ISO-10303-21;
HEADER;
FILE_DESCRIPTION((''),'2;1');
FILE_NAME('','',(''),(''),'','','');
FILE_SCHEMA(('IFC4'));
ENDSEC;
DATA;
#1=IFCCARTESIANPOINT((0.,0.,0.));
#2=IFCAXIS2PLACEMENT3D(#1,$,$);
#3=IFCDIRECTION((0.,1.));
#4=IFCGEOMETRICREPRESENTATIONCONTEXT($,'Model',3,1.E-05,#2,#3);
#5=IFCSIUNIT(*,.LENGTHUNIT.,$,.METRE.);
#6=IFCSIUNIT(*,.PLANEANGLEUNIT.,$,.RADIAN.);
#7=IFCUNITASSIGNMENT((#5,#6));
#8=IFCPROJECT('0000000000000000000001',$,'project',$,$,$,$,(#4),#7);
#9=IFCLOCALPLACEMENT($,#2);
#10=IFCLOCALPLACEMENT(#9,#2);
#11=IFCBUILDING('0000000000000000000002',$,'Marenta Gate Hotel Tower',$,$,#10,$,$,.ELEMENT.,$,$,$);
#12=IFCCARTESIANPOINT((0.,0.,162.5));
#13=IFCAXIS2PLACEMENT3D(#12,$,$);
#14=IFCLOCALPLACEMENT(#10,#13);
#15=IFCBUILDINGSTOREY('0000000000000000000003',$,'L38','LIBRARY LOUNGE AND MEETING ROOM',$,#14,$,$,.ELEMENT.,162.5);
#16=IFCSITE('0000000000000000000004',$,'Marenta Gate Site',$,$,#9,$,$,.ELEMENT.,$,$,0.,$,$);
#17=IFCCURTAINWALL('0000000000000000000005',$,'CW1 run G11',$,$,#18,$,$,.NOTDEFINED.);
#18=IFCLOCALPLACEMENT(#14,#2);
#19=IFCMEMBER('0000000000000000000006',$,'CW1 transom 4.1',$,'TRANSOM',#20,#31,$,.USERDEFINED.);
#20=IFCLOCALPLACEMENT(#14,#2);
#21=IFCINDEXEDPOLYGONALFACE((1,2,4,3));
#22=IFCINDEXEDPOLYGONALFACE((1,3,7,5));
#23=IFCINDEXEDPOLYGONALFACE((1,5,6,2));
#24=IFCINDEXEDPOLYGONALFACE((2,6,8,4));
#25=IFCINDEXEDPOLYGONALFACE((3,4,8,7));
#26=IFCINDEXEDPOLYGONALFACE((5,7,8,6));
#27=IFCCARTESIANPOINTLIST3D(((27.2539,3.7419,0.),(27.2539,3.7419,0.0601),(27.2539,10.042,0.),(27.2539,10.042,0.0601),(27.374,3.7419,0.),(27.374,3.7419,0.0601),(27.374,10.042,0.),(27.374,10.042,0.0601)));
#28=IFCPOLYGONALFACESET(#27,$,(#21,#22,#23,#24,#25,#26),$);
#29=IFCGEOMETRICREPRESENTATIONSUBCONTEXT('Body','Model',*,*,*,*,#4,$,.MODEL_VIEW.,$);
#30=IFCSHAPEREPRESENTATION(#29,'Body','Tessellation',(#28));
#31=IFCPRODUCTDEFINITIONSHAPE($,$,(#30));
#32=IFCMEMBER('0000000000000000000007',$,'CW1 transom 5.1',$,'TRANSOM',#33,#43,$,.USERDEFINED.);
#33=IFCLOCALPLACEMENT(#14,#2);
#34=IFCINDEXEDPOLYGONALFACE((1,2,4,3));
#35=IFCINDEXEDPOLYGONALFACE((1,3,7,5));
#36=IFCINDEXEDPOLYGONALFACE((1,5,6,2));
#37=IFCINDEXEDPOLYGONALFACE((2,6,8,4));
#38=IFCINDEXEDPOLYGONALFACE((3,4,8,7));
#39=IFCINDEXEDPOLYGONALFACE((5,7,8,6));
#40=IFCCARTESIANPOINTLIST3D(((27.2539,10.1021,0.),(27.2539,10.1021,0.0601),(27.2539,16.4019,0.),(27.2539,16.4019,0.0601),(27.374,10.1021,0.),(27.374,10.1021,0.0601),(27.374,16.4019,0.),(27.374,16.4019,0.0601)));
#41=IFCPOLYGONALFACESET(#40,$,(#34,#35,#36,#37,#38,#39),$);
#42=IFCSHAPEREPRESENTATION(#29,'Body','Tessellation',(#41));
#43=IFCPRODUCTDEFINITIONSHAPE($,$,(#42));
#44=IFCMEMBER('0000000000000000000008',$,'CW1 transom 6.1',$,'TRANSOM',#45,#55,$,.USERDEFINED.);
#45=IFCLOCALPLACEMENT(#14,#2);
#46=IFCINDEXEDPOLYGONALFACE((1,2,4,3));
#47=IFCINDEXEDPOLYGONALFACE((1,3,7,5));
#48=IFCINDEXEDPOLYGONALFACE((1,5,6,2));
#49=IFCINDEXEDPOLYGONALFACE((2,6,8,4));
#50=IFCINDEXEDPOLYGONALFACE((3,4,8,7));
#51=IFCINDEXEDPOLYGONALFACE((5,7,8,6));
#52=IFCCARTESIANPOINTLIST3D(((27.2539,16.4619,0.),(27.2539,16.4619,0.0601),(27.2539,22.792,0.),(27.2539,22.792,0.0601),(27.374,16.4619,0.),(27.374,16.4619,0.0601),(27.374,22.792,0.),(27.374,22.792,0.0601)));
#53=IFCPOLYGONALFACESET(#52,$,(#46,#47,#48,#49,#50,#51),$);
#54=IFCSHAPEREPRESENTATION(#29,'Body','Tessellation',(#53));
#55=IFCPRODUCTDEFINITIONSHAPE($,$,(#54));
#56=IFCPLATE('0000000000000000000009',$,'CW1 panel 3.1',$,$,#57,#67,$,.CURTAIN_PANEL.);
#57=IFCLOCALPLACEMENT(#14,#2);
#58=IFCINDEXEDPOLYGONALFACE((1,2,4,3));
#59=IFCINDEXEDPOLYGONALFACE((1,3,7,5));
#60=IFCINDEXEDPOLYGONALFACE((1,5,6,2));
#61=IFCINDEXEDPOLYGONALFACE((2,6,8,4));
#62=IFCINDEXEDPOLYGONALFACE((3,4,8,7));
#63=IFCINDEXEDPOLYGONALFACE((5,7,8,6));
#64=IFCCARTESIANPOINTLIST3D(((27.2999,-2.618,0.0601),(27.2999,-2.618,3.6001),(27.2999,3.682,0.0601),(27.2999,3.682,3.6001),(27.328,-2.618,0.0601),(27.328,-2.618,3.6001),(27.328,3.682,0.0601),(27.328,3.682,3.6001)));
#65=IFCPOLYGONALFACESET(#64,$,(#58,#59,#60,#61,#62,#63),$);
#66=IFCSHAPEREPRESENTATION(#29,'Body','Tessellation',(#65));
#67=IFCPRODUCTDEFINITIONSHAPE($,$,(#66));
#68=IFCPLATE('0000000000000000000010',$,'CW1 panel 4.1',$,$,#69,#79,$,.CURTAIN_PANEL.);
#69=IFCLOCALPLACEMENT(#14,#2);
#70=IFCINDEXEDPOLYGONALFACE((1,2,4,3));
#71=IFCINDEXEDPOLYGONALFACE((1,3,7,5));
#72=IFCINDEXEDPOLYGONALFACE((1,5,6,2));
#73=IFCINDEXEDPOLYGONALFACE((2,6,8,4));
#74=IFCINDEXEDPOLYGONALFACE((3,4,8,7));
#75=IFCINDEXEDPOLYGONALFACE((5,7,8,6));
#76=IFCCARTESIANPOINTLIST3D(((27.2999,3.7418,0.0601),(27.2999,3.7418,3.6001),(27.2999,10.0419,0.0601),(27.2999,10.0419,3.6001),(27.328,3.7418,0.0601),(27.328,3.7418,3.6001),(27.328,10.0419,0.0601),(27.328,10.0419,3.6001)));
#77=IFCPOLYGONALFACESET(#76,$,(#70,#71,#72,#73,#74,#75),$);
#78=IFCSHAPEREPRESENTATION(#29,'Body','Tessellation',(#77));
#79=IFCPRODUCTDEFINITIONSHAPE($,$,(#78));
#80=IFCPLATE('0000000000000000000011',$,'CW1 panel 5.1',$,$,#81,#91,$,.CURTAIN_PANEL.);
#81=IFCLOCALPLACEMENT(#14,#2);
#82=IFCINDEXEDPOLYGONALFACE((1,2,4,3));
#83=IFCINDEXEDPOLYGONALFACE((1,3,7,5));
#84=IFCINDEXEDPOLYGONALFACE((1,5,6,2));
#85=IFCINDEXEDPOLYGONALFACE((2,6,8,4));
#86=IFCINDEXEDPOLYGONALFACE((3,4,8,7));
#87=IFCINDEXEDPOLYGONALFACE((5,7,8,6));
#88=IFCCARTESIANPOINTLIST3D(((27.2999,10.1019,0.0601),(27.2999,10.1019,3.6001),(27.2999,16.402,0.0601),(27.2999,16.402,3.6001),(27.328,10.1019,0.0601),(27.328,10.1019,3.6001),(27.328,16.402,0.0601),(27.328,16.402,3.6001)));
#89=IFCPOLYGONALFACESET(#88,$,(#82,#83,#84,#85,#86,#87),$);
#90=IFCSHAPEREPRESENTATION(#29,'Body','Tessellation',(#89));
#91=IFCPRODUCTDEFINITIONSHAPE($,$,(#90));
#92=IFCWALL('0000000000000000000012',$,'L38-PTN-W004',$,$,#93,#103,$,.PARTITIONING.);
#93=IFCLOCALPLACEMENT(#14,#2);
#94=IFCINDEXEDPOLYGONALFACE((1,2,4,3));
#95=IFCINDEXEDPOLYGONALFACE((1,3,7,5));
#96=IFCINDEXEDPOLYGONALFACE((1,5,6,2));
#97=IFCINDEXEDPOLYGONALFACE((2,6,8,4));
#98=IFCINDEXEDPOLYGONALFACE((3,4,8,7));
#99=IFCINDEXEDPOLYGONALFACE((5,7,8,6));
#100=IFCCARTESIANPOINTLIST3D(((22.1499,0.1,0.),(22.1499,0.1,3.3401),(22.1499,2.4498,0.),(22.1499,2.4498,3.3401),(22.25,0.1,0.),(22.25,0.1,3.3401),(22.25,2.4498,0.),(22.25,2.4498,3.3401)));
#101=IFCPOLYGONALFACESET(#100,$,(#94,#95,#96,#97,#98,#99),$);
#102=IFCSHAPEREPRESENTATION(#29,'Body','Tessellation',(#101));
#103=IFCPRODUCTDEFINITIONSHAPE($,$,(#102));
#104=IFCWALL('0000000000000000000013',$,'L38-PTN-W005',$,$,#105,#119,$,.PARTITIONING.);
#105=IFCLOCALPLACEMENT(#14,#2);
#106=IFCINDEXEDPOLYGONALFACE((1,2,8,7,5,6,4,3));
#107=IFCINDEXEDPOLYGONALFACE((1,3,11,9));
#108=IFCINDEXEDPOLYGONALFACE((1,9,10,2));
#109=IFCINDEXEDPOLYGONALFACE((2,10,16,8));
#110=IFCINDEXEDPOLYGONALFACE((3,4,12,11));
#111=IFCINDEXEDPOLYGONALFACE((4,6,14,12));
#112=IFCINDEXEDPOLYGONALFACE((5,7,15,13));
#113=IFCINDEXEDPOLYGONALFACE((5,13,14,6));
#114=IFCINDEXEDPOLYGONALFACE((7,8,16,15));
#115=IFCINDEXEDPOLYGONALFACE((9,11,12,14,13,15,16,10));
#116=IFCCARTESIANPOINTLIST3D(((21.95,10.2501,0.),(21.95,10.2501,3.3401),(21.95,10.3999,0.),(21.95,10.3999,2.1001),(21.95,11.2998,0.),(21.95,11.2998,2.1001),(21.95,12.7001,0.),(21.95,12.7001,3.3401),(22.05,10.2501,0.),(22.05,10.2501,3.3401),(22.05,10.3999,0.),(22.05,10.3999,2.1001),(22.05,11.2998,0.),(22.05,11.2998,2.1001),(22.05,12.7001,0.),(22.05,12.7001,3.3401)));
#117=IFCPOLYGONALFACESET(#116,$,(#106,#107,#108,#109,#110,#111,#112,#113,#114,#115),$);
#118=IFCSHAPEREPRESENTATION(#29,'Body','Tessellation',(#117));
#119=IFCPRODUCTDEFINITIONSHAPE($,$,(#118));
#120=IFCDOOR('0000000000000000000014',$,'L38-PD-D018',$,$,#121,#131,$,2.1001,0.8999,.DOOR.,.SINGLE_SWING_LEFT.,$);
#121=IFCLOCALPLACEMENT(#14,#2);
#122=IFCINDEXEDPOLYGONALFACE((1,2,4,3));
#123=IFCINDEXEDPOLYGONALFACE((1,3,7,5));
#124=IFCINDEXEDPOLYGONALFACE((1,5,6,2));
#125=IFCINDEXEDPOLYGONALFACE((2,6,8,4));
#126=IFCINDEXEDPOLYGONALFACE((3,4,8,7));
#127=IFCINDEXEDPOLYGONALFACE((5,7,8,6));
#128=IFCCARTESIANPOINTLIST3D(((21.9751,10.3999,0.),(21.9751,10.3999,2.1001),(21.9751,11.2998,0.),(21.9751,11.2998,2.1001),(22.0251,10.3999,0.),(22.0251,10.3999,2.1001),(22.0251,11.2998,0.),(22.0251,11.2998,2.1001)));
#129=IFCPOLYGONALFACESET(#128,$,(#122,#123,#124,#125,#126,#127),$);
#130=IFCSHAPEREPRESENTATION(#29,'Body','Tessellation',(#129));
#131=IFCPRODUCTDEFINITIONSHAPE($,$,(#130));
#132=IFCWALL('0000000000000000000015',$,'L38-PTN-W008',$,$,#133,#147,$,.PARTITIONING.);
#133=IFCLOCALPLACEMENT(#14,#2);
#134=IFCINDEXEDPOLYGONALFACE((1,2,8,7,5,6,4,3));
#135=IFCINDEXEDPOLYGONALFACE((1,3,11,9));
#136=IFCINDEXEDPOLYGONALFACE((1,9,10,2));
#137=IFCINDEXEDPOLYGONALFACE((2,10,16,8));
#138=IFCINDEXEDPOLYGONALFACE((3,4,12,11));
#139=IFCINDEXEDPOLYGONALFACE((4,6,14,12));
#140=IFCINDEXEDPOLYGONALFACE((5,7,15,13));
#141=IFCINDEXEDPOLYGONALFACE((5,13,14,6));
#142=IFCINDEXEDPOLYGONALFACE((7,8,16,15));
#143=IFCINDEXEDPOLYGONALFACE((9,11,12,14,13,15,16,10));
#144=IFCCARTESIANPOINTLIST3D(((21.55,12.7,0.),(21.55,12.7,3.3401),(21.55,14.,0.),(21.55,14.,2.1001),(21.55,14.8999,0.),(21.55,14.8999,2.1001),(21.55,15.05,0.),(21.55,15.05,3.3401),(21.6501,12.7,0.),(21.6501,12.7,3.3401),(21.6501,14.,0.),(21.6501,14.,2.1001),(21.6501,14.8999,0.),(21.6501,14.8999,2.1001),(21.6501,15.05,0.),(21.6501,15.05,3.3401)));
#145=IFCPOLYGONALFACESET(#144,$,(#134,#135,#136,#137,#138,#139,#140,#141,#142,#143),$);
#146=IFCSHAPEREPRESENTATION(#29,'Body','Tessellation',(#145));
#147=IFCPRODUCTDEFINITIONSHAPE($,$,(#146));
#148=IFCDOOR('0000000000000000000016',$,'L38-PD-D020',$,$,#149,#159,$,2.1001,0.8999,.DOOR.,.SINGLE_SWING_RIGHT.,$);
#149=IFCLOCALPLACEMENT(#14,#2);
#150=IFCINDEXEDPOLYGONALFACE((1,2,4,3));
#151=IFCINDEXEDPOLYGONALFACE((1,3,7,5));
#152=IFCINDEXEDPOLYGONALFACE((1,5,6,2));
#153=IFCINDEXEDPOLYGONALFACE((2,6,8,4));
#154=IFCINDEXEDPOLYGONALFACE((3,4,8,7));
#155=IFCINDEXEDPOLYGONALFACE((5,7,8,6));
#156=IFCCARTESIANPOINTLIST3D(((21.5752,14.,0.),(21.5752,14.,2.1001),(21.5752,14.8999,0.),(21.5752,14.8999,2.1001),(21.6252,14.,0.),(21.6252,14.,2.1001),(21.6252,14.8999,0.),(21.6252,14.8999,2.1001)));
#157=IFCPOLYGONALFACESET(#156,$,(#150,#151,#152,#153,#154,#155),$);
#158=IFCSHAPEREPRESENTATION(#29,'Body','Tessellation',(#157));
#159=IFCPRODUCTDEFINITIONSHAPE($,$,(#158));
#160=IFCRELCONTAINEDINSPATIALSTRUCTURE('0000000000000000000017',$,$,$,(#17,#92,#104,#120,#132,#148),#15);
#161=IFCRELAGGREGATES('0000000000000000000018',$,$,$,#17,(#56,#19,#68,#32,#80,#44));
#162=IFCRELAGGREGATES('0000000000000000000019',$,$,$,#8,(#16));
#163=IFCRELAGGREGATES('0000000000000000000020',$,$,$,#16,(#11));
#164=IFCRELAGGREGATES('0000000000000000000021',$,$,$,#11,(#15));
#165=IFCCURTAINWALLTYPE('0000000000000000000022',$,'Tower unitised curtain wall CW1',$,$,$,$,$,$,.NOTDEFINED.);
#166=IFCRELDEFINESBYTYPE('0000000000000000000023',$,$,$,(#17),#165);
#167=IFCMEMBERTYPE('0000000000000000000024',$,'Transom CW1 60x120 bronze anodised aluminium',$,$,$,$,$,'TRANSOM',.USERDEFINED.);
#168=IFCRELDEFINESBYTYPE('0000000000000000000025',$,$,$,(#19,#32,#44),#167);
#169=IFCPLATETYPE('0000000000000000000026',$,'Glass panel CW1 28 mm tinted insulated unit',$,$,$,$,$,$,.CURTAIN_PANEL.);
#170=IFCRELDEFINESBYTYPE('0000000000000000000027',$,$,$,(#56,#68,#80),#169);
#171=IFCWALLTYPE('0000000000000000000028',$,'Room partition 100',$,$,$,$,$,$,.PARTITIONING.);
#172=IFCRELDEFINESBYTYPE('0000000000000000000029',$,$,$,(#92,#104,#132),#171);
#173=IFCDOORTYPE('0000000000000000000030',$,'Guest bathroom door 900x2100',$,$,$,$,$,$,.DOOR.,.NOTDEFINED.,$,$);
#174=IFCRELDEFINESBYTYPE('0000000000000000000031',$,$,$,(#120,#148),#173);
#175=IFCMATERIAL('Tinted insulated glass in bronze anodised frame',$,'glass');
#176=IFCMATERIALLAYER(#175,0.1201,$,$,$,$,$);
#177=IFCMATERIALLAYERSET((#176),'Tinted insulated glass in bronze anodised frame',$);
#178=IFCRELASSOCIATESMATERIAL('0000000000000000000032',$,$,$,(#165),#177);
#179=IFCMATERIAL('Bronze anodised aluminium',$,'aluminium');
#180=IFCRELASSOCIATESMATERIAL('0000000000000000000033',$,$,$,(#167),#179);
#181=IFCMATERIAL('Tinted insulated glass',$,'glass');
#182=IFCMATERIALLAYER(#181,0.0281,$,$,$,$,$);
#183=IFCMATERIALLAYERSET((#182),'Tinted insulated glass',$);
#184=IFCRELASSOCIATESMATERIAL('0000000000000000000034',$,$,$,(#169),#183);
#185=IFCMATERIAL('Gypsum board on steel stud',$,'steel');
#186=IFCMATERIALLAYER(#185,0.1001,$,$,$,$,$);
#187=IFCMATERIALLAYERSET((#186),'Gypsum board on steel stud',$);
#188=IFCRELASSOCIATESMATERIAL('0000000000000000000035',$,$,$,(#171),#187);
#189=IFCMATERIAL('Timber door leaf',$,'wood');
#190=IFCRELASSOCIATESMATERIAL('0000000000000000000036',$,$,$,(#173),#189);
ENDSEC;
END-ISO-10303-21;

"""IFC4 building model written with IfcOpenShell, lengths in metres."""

from ifc_helpers import new_model, si_unit, direction, frame, frame_2d, origin, origin_2d, place, context, subcontext, project, spatial, rectangle, extrude, material, layer, layer_set, material_profile, profile_set, type_object, element, fill, aggregate, save


model = new_model("IFC4")

# Units and contexts
model_context = context("Model", 3, precision=1e-05, world=origin(), true_north=direction((0.0, 1.0)))
body_context = subcontext(model_context, "Body", "Model", "MODEL_VIEW")
ifc_project = project(units=[si_unit("LENGTHUNIT", "METRE"), si_unit("PLANEANGLEUNIT", "RADIAN")], contexts=[model_context])

# Site, building, storey
site_placement = place(None, origin())
site = spatial("IfcSite", under=ifc_project, at=site_placement, Name="Marenta Gate Site", CompositionType="ELEMENT", RefElevation=0.0)
building_placement = place(site_placement, origin())
building = spatial("IfcBuilding", under=site, at=building_placement, Name="Marenta Gate Hotel Tower", CompositionType="ELEMENT")
storey_placement = place(building_placement, frame((0.0, 0.0, 162.5)))
storey = spatial("IfcBuildingStorey", under=building, at=storey_placement, Name="L38", Description="LIBRARY LOUNGE AND MEETING ROOM", CompositionType="ELEMENT", Elevation=162.5)

# Curtain wall, members, plates
ifc_material_1 = material(Name="Tinted insulated glass in bronze anodised frame", Category="glass")
ifc_layer_1 = layer(ifc_material_1, 0.1201)
ifc_layer_set_1 = layer_set([ifc_layer_1], Name="Tinted insulated glass in bronze anodised frame")
curtain_wall_type = type_object("IfcCurtainWallType", Name="Tower unitised curtain wall CW1", PredefinedType="NOTDEFINED", material=ifc_layer_set_1)
curtain_wall_placement = place(storey_placement, origin())
curtain_wall = element("IfcCurtainWall", 1, at=curtain_wall_placement, inside=storey, type_object=curtain_wall_type, Name="CW1 run G11", PredefinedType="NOTDEFINED")
ifc_material_2 = material(Name="Bronze anodised aluminium", Category="aluminium")
ifc_material_profile_1 = material_profile(ifc_material_2, rectangle(XDim=0.1201, YDim=0.0601, at=origin_2d()), Name="Transom CW1 60x120 bronze anodised aluminium")
ifc_profile_set_1 = profile_set([ifc_material_profile_1], Name="Bronze anodised aluminium")
member_type_1 = type_object("IfcMemberType", Name="Transom CW1 60x120 bronze anodised aluminium", ElementType="TRANSOM", PredefinedType="USERDEFINED", material=ifc_profile_set_1)
member_1_placement = place(storey_placement, frame((27.314, 3.7419, 0.03), z_axis=(0.0, 1.0, 0.0), x_axis=(-1.0, 0.0, 0.0)))
member_1 = element("IfcMember", 2, at=member_1_placement, type_object=member_type_1, Name="CW1 transom 4.1", ObjectType="TRANSOM", PredefinedType="USERDEFINED", context=body_context, shape_type="SweptSolid", body=[
    extrude(rectangle(XDim=0.1201, YDim=0.0601, at=origin_2d()), origin(), (0.0, 0.0, 1.0), 6.3),
])
member_2_placement = place(storey_placement, frame((27.314, 10.1021, 0.03), z_axis=(0.0, 1.0, 0.0), x_axis=(-1.0, 0.0, 0.0)))
member_2 = element("IfcMember", 3, at=member_2_placement, type_object=member_type_1, Name="CW1 transom 5.1", ObjectType="TRANSOM", PredefinedType="USERDEFINED", context=body_context, shape_type="SweptSolid", body=[
    extrude(rectangle(XDim=0.1201, YDim=0.0601, at=origin_2d()), origin(), (0.0, 0.0, 1.0), 6.2998),
])
member_3_placement = place(storey_placement, frame((27.314, 16.4619, 0.03), z_axis=(0.0, 1.0, 0.0), x_axis=(-1.0, 0.0, 0.0)))
member_3 = element("IfcMember", 4, at=member_3_placement, type_object=member_type_1, Name="CW1 transom 6.1", ObjectType="TRANSOM", PredefinedType="USERDEFINED", context=body_context, shape_type="SweptSolid", body=[
    extrude(rectangle(XDim=0.1201, YDim=0.0601, at=origin_2d()), origin(), (0.0, 0.0, 1.0), 6.3301),
])
ifc_material_3 = material(Name="Tinted insulated glass", Category="glass")
ifc_layer_2 = layer(ifc_material_3, 0.0281)
ifc_layer_set_2 = layer_set([ifc_layer_2], Name="Tinted insulated glass")
plate_type = type_object("IfcPlateType", Name="Glass panel CW1 28 mm tinted insulated unit", PredefinedType="CURTAIN_PANEL", material=ifc_layer_set_2)
plate_1_placement = place(storey_placement, frame((27.314, 0.532, 0.0601), z_axis=(0.0, 0.0, 1.0), x_axis=(0.0, 1.0, 0.0)))
plate_1 = element("IfcPlate", 5, at=plate_1_placement, type_object=plate_type, Name="CW1 panel 3.1", PredefinedType="CURTAIN_PANEL", context=body_context, shape_type="SweptSolid", body=[
    extrude(rectangle(XDim=6.3, YDim=0.0281, at=origin_2d()), origin(), (0.0, 0.0, 1.0), 3.54),
])
plate_2_placement = place(storey_placement, frame((27.314, 6.8918, 0.0601), z_axis=(0.0, 0.0, 1.0), x_axis=(0.0, 1.0, 0.0)))
plate_2 = element("IfcPlate", 6, at=plate_2_placement, type_object=plate_type, Name="CW1 panel 4.1", PredefinedType="CURTAIN_PANEL", context=body_context, shape_type="SweptSolid", body=[
    extrude(rectangle(XDim=6.3, YDim=0.0281, at=origin_2d()), origin(), (0.0, 0.0, 1.0), 3.54),
])
plate_3_placement = place(storey_placement, frame((27.314, 13.252, 0.0601), z_axis=(0.0, 0.0, 1.0), x_axis=(0.0, 1.0, 0.0)))
plate_3 = element("IfcPlate", 7, at=plate_3_placement, type_object=plate_type, Name="CW1 panel 5.1", PredefinedType="CURTAIN_PANEL", context=body_context, shape_type="SweptSolid", body=[
    extrude(rectangle(XDim=6.3, YDim=0.0281, at=origin_2d()), origin(), (0.0, 0.0, 1.0), 3.54),
])
aggregate(curtain_wall, [plate_1, member_1, plate_2, member_2, plate_3, member_3])

# Wall
ifc_material_4 = material(Name="Gypsum board on steel stud", Category="steel")
ifc_layer_3 = layer(ifc_material_4, 0.1001)
ifc_layer_set_3 = layer_set([ifc_layer_3], Name="Gypsum board on steel stud")
wall_type_1 = type_object("IfcWallType", Name="Room partition 100", PredefinedType="PARTITIONING", material=ifc_layer_set_3)
wall_1_placement = place(storey_placement, frame((22.2, 0.1001, 0.0), z_axis=(0.0, 0.0, 1.0), x_axis=(0.0, 1.0, 0.0)))
element("IfcWall", 8, at=wall_1_placement, inside=storey, type_object=wall_type_1, Name="L38-PTN-W004", PredefinedType="PARTITIONING", context=body_context, shape_type="SweptSolid", body=[
    extrude(rectangle(XDim=2.3499, YDim=0.1001, at=frame_2d((1.1748, 0.0))), origin(), (0.0, 0.0, 1.0), 3.3401),
])

# Walls, openings, doors
wall_2_placement = place(storey_placement, frame((22.0, 10.25, 0.0), z_axis=(0.0, 0.0, 1.0), x_axis=(0.0, 1.0, 0.0)))
wall_2 = element("IfcWall", 9, at=wall_2_placement, inside=storey, type_object=wall_type_1, Name="L38-PTN-W005", PredefinedType="PARTITIONING", context=body_context, shape_type="SweptSolid", body=[
    extrude(rectangle(XDim=2.45, YDim=0.1001, at=frame_2d((1.2251, 0.0))), origin(), (0.0, 0.0, 1.0), 3.3401),
])
opening_1_placement = place(wall_2_placement, frame((0.1499, 0.0, 0.0)))
opening_1 = element("IfcOpeningElement", 10, at=opening_1_placement, cuts=wall_2, PredefinedType="OPENING", context=body_context, shape_type="SweptSolid", body=[
    extrude(rectangle(XDim=0.8999, YDim=2.1001, at=frame_2d((0.45, 1.05))), frame((0.0, 0.05, 0.0), z_axis=(0.0, -1.0, 0.0), x_axis=(1.0, 0.0, 0.0)), (0.0, 0.0, 1.0), 0.1001),
])
ifc_material_5 = material(Name="Timber door leaf", Category="wood")
door_type_1 = type_object("IfcDoorType", Name="Guest bathroom door 900x2100", OperationType="NOTDEFINED", PredefinedType="DOOR", material=ifc_material_5)
door_1_placement = place(opening_1_placement, origin())
door_1 = element("IfcDoor", 11, at=door_1_placement, inside=storey, type_object=door_type_1, Name="L38-PD-D018", OperationType="SINGLE_SWING_LEFT", OverallHeight=2.1001, OverallWidth=0.8999, PredefinedType="DOOR", context=body_context, shape_type="SweptSolid", body=[
    extrude(rectangle(XDim=0.8999, YDim=2.1001, at=frame_2d((0.45, 1.05))), frame((0.0, 0.0249, 0.0), z_axis=(0.0, -1.0, 0.0), x_axis=(1.0, 0.0, 0.0)), (0.0, 0.0, 1.0), 0.05),
])
fill(opening_1, door_1)
wall_3_placement = place(storey_placement, frame((21.6001, 12.7, 0.0), z_axis=(0.0, 0.0, 1.0), x_axis=(0.0, 1.0, 0.0)))
wall_3 = element("IfcWall", 12, at=wall_3_placement, inside=storey, type_object=wall_type_1, Name="L38-PTN-W008", PredefinedType="PARTITIONING", context=body_context, shape_type="SweptSolid", body=[
    extrude(rectangle(XDim=2.3501, YDim=0.1001, at=frame_2d((1.175, 0.0))), origin(), (0.0, 0.0, 1.0), 3.3401),
])
opening_2_placement = place(wall_3_placement, frame((1.3, 0.0, 0.0)))
opening_2 = element("IfcOpeningElement", 13, at=opening_2_placement, cuts=wall_3, PredefinedType="OPENING", context=body_context, shape_type="SweptSolid", body=[
    extrude(rectangle(XDim=0.8999, YDim=2.1001, at=frame_2d((0.45, 1.05))), frame((0.0, 0.05, 0.0), z_axis=(0.0, -1.0, 0.0), x_axis=(1.0, 0.0, 0.0)), (0.0, 0.0, 1.0), 0.1001),
])
door_2_placement = place(opening_2_placement, origin())
door_2 = element("IfcDoor", 14, at=door_2_placement, inside=storey, type_object=door_type_1, Name="L38-PD-D020", OperationType="SINGLE_SWING_RIGHT", OverallHeight=2.1001, OverallWidth=0.8999, PredefinedType="DOOR", context=body_context, shape_type="SweptSolid", body=[
    extrude(rectangle(XDim=0.8999, YDim=2.1001, at=frame_2d((0.45, 1.05))), frame((0.0, 0.0249, 0.0), z_axis=(0.0, -1.0, 0.0), x_axis=(1.0, 0.0, 0.0)), (0.0, 0.0, 1.0), 0.05),
])
fill(opening_2, door_2)

save(model, "model.ifc")
